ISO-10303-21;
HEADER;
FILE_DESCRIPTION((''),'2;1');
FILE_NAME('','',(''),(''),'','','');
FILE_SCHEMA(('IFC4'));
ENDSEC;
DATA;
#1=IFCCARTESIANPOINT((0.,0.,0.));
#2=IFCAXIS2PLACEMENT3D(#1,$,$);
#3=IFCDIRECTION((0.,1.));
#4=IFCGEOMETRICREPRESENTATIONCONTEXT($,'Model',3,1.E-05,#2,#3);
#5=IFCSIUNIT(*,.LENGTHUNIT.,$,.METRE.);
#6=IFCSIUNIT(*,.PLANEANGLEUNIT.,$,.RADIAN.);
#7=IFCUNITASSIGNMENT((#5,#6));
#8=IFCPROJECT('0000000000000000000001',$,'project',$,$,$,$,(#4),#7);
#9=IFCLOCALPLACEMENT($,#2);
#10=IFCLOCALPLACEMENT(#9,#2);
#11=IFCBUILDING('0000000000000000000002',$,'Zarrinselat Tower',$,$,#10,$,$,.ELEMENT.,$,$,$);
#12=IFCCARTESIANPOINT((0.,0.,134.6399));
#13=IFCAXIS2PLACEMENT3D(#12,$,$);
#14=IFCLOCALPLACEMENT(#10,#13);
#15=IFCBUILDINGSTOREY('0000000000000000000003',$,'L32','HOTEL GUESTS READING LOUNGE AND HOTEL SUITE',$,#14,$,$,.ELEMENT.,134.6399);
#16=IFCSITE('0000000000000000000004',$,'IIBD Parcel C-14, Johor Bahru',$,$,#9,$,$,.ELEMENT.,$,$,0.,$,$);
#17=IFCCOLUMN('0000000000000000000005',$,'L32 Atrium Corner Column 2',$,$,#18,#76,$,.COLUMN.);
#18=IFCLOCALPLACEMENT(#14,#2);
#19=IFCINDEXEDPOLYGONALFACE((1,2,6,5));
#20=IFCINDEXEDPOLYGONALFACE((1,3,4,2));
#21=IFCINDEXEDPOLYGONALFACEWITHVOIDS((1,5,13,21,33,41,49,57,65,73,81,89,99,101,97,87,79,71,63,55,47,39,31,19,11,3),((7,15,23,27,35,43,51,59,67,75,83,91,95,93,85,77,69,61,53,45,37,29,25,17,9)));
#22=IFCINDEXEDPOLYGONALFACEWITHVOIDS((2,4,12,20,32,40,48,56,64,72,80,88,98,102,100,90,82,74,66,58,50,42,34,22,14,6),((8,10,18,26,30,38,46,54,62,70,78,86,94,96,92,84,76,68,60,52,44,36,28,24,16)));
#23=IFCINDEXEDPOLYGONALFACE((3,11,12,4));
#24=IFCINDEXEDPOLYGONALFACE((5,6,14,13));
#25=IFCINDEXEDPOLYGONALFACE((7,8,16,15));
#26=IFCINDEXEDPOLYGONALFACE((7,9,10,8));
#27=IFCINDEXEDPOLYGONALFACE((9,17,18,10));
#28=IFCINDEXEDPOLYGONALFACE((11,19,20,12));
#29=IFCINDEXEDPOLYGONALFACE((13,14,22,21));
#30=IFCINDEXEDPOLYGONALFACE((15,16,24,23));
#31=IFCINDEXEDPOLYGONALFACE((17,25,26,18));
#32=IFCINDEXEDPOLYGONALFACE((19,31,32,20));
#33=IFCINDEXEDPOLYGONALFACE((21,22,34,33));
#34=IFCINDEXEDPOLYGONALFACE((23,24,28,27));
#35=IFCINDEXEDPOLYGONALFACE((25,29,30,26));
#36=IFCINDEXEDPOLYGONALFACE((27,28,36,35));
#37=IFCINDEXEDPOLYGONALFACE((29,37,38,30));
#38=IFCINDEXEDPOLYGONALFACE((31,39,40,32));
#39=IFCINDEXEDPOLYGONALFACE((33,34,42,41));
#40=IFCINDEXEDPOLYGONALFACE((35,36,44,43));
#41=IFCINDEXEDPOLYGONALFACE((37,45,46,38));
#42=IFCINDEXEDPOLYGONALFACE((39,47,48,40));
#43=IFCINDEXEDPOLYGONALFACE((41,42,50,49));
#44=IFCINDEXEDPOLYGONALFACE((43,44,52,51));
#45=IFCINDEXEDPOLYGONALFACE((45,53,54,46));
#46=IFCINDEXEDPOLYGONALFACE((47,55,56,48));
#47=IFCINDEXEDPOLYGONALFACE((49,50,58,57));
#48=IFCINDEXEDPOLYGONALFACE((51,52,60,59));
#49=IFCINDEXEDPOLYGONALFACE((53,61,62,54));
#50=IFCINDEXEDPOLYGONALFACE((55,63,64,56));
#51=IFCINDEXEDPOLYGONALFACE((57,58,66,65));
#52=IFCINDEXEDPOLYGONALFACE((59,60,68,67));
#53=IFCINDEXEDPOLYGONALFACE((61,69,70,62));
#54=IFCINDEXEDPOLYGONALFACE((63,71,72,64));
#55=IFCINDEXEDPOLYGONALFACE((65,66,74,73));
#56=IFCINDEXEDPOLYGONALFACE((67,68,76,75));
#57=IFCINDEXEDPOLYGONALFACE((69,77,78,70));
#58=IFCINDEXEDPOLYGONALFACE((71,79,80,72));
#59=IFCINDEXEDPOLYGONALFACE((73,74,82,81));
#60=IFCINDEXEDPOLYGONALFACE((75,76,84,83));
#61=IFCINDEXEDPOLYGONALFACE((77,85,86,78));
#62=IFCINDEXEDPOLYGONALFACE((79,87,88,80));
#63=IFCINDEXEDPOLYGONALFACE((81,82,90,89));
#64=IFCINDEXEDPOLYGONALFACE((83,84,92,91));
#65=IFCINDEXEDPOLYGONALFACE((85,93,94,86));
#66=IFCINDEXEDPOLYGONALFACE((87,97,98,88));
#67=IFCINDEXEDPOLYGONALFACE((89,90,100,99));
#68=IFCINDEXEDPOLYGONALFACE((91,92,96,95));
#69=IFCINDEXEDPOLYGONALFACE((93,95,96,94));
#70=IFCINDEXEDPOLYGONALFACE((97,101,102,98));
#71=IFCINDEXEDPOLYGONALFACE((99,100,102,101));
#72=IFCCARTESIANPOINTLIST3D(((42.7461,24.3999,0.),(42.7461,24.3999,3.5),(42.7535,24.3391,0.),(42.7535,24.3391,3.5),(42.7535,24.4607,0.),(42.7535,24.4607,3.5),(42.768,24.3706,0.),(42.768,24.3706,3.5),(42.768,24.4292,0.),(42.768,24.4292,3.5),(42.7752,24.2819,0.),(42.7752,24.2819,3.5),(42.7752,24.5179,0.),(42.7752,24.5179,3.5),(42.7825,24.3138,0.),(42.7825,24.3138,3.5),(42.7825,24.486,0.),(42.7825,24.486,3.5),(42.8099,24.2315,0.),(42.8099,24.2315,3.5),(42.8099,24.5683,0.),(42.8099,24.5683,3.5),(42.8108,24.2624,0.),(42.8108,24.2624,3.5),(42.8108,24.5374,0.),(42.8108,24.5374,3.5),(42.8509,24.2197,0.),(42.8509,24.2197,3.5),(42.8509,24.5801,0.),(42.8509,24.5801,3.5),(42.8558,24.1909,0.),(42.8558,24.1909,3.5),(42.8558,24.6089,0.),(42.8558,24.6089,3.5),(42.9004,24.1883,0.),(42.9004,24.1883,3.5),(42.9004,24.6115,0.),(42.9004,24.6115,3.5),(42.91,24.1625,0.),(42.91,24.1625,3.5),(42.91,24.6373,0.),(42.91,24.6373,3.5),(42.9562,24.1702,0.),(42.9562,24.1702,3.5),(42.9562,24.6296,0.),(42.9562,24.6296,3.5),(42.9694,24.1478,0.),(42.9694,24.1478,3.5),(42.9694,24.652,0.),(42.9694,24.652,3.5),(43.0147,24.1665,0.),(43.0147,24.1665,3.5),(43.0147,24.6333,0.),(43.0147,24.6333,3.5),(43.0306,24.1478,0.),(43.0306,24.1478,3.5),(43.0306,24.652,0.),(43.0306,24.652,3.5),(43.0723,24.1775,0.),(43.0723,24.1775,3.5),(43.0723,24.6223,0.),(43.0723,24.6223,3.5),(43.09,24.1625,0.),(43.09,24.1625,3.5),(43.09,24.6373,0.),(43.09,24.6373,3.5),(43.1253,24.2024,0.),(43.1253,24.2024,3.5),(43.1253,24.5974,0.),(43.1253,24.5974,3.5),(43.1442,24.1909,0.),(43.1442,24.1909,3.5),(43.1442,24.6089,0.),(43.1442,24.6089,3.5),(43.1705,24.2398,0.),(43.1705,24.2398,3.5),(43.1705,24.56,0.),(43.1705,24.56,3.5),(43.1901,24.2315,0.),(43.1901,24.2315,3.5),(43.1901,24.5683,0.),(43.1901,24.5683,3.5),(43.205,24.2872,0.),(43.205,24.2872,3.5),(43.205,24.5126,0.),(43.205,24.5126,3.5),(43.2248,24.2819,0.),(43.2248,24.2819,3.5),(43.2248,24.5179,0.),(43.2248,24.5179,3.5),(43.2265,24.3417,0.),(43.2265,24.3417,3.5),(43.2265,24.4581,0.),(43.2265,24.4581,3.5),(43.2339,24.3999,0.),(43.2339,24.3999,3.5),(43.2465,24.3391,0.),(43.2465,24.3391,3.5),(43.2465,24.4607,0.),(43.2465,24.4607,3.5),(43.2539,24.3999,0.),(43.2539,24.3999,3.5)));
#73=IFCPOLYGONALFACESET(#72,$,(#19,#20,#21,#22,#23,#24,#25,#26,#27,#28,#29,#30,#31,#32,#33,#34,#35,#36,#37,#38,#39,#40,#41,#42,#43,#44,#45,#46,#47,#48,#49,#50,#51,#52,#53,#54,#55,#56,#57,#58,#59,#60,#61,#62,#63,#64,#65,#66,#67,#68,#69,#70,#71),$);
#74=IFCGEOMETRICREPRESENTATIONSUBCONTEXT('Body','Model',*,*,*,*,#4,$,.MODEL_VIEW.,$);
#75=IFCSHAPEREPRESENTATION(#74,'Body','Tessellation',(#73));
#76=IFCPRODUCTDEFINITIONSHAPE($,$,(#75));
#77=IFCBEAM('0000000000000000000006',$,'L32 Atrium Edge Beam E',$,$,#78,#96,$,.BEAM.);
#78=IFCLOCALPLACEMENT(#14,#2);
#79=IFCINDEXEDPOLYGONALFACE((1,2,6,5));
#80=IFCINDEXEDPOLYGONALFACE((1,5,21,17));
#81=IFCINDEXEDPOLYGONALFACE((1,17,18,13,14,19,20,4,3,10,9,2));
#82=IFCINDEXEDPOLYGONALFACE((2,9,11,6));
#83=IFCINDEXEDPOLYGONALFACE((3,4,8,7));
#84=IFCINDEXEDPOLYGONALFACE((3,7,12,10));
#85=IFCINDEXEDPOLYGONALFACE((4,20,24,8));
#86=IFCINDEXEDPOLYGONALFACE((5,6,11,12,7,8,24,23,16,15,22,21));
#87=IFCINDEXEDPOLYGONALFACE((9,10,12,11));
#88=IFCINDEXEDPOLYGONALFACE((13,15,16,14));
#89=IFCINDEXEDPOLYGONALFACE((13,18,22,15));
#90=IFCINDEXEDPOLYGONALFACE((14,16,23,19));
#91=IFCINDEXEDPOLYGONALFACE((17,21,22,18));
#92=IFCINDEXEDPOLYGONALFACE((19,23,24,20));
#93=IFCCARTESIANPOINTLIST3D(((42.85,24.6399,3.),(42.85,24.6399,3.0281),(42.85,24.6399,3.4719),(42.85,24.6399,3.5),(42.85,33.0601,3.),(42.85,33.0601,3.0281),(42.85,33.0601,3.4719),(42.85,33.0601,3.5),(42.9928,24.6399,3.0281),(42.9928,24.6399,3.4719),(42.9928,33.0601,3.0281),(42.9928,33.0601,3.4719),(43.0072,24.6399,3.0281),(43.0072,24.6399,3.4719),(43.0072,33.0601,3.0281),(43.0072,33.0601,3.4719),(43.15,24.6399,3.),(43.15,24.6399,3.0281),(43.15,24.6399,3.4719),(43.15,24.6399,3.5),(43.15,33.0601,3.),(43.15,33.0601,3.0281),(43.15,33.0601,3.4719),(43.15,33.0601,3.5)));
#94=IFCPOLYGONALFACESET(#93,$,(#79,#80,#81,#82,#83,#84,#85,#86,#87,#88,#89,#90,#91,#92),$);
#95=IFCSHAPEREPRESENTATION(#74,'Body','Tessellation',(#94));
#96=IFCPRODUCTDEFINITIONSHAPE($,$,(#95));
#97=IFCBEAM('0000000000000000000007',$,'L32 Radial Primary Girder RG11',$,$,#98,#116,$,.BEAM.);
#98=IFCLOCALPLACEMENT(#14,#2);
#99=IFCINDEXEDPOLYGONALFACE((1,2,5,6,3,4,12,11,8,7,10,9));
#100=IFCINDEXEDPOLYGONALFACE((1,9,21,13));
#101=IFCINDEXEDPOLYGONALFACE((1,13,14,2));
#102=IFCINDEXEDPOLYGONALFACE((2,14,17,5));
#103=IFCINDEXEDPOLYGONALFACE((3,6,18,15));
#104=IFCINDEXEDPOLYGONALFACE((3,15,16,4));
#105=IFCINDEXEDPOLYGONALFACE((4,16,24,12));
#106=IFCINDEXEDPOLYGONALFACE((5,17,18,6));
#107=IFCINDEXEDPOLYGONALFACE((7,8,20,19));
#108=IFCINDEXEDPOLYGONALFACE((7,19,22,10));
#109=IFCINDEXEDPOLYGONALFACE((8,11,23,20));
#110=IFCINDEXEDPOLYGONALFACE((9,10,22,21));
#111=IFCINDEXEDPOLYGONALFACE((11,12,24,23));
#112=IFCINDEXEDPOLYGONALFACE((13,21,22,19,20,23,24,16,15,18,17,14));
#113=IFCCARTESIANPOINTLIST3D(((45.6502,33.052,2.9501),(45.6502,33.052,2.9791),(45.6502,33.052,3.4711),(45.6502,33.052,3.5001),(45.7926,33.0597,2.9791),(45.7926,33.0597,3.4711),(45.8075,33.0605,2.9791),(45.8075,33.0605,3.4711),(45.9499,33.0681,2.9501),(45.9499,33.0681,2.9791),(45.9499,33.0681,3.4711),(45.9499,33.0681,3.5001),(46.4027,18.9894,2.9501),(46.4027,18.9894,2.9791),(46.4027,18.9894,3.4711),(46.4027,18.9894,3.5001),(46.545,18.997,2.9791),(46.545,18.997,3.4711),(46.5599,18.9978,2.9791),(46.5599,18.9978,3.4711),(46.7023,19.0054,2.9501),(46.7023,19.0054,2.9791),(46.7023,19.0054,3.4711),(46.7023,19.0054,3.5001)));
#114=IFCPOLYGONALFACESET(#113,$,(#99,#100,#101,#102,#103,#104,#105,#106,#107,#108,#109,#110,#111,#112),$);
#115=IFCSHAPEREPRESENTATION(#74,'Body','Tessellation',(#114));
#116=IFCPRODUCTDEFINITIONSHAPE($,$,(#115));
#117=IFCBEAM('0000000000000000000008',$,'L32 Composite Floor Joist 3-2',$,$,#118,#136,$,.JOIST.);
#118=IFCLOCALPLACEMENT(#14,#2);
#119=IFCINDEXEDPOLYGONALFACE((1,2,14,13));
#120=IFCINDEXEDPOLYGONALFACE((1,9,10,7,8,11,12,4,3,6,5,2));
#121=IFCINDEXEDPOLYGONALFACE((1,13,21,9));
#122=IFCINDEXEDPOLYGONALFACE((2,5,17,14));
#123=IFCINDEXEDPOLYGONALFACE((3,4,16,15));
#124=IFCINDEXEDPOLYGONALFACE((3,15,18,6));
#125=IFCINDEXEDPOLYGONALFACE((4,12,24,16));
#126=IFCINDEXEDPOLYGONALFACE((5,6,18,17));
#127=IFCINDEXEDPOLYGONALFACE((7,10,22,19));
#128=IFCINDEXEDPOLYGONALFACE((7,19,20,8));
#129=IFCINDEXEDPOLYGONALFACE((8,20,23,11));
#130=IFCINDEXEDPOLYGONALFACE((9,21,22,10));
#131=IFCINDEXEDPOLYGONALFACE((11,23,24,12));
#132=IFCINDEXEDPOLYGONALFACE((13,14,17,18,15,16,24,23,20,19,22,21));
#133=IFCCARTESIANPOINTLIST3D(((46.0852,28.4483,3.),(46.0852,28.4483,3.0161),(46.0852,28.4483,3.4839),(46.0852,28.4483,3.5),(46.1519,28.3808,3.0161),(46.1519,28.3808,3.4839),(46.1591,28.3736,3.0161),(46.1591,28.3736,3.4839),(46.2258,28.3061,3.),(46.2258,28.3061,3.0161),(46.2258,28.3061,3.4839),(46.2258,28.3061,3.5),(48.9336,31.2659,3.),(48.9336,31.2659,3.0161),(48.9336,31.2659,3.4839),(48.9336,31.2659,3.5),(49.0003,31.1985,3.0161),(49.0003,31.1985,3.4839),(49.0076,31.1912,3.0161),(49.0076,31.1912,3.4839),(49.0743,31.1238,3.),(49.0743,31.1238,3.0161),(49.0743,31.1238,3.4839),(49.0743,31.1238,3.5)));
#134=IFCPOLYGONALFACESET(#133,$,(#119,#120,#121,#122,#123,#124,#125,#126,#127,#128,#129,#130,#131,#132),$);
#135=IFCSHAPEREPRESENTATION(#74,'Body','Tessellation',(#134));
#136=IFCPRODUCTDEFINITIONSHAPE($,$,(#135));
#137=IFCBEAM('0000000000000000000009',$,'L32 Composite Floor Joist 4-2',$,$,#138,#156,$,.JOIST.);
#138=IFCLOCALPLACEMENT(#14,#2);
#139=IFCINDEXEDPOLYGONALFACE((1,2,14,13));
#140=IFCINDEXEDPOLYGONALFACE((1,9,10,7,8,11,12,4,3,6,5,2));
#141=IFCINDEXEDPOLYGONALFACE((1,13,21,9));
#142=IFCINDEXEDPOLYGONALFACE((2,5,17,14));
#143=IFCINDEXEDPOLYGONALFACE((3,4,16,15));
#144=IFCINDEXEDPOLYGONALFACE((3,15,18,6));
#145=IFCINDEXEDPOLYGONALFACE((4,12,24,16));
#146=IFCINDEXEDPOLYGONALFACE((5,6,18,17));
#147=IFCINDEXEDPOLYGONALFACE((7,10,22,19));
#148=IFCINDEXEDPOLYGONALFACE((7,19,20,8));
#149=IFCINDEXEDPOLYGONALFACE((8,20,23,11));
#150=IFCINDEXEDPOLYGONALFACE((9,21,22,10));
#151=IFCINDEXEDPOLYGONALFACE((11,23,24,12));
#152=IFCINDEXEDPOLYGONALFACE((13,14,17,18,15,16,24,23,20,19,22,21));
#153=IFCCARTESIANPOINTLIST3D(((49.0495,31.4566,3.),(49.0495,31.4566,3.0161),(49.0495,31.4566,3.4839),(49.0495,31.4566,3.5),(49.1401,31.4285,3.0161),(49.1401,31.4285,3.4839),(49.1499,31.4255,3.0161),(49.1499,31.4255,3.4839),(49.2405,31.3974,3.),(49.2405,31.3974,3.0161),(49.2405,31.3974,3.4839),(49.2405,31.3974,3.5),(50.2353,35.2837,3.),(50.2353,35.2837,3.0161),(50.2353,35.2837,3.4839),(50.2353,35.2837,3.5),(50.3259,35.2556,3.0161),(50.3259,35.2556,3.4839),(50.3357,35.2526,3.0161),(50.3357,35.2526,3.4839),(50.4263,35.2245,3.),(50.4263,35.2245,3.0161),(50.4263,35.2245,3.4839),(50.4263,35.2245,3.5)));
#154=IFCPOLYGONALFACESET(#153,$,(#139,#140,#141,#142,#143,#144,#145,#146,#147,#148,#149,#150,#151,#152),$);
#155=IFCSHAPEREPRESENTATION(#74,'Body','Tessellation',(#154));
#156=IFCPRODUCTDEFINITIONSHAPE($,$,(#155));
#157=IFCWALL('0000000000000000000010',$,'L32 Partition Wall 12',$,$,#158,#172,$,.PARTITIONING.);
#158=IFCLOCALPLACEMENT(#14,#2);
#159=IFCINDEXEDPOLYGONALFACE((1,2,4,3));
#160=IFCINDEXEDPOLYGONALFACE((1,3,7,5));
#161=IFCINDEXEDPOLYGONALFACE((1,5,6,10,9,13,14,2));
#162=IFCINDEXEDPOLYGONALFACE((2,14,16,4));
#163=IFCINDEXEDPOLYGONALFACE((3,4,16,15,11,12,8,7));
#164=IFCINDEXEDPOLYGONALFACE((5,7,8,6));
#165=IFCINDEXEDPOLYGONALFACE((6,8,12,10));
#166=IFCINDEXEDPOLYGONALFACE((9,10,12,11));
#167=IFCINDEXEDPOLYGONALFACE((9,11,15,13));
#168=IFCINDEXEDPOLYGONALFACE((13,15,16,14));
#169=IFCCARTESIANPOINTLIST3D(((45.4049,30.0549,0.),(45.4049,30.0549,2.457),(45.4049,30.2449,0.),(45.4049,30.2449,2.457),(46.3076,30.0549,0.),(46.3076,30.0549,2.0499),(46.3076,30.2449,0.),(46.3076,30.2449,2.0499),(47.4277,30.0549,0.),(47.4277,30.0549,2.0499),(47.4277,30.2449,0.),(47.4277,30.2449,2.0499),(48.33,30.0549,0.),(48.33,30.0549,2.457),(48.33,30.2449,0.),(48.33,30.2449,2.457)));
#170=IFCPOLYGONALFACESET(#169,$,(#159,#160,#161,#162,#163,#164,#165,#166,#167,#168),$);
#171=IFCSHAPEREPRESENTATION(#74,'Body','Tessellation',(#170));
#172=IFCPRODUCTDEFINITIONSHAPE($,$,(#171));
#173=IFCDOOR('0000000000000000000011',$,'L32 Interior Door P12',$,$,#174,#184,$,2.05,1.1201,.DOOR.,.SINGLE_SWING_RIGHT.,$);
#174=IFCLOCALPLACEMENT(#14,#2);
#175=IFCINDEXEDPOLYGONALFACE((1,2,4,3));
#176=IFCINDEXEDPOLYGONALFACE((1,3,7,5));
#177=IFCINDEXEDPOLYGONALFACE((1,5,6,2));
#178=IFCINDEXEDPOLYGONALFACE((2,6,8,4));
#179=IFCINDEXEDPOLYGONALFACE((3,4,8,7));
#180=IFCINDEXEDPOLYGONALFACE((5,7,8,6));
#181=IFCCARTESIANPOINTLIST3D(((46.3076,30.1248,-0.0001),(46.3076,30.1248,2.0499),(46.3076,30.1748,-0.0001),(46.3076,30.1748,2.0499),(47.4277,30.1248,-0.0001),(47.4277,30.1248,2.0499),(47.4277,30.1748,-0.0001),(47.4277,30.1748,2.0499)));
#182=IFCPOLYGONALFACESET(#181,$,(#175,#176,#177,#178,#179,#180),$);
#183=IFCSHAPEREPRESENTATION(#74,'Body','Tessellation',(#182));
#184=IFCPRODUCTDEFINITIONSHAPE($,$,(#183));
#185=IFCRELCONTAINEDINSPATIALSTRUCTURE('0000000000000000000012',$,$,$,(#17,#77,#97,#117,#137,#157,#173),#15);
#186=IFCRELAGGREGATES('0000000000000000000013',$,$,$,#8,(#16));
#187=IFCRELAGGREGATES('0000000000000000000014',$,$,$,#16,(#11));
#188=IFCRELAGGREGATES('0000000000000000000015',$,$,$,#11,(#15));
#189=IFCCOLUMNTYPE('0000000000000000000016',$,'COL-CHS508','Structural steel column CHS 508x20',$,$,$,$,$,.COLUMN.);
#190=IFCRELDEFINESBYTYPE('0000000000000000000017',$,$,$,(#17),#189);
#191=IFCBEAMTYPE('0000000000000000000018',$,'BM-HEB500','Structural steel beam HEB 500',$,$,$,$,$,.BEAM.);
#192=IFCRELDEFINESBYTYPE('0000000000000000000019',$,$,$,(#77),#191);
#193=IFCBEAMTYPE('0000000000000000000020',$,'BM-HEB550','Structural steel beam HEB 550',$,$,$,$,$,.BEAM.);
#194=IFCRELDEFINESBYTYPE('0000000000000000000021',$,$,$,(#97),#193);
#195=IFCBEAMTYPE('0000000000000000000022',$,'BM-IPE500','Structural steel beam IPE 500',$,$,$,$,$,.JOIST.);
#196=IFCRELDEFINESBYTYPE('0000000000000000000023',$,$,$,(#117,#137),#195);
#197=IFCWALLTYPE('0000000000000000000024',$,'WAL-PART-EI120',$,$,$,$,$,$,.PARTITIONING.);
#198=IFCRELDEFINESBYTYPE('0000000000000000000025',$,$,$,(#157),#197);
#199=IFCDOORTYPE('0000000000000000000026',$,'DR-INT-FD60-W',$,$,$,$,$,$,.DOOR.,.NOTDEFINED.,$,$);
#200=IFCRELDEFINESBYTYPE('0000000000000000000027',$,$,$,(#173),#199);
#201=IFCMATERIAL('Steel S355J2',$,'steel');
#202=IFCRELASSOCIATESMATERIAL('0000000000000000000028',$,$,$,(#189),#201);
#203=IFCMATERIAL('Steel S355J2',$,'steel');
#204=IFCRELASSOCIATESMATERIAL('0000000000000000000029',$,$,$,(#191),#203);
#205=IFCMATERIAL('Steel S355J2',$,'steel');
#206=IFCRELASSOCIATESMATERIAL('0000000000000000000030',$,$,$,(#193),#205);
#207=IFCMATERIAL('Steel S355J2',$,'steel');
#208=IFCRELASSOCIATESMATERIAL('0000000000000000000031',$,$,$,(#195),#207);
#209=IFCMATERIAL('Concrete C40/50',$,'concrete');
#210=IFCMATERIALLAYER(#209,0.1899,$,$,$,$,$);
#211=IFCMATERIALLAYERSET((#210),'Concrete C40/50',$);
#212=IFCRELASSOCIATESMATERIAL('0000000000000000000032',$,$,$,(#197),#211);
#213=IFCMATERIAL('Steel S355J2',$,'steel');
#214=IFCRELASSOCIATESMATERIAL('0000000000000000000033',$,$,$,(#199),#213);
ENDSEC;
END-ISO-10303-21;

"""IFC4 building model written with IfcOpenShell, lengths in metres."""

from ifc_helpers import new_model, si_unit, direction, frame, frame_2d, origin, origin_2d, place, context, subcontext, project, spatial, rectangle, hollow_circle, i_section, extrude, material, layer, layer_set, material_profile, profile_set, type_object, element, fill, save


model = new_model("IFC4")

# Units and contexts
model_context = context("Model", 3, precision=1e-05, world=origin(), true_north=direction((0.0, 1.0)))
body_context = subcontext(model_context, "Body", "Model", "MODEL_VIEW")
ifc_project = project(units=[si_unit("LENGTHUNIT", "METRE"), si_unit("PLANEANGLEUNIT", "RADIAN")], contexts=[model_context])

# Site, building, storey
site_placement = place(None, origin())
site = spatial("IfcSite", under=ifc_project, at=site_placement, Name="IIBD Parcel C-14, Johor Bahru", CompositionType="ELEMENT", RefElevation=0.0)
building_placement = place(site_placement, origin())
building = spatial("IfcBuilding", under=site, at=building_placement, Name="Zarrinselat Tower", CompositionType="ELEMENT")
storey_placement = place(building_placement, frame((0.0, 0.0, 134.6399)))
storey = spatial("IfcBuildingStorey", under=building, at=storey_placement, Name="L32", Description="HOTEL GUESTS READING LOUNGE AND HOTEL SUITE", CompositionType="ELEMENT", Elevation=134.6399)

# Column
ifc_material_1 = material(Name="Steel S355J2", Category="steel")
ifc_material_profile_1 = material_profile(ifc_material_1, hollow_circle(Radius=0.2539, WallThickness=0.02, at=origin_2d()), Name="CHS 508x20")
ifc_profile_set_1 = profile_set([ifc_material_profile_1], Name="Steel S355J2")
column_type = type_object("IfcColumnType", Name="COL-CHS508", Description="Structural steel column CHS 508x20", PredefinedType="COLUMN", material=ifc_profile_set_1)
column_placement = place(storey_placement, frame((43.0, 24.3999, 0.0), z_axis=(0.0, 0.0, 1.0), x_axis=(1.0, 0.0, 0.0)))
element("IfcColumn", 1, at=column_placement, inside=storey, type_object=column_type, Name="L32 Atrium Corner Column 2", PredefinedType="COLUMN", context=body_context, shape_type="SweptSolid", body=[
    extrude(hollow_circle(Radius=0.2539, WallThickness=0.02, at=origin_2d()), origin(), (0.0, 0.0, 1.0), 3.5),
])

# Beams
ifc_material_2 = material(Name="Steel S355J2", Category="steel")
ifc_material_profile_2 = material_profile(ifc_material_2, i_section(OverallWidth=0.3, OverallDepth=0.5, WebThickness=0.0144, FlangeThickness=0.0281, at=origin_2d()), Name="HEB 500")
ifc_profile_set_2 = profile_set([ifc_material_profile_2], Name="Steel S355J2")
beam_type_1 = type_object("IfcBeamType", Name="BM-HEB500", Description="Structural steel beam HEB 500", PredefinedType="BEAM", material=ifc_profile_set_2)
beam_1_placement = place(storey_placement, frame((43.0, 24.6399, 3.25), z_axis=(0.0, 1.0, 0.0), x_axis=(-1.0, 0.0, 0.0)))
element("IfcBeam", 2, at=beam_1_placement, inside=storey, type_object=beam_type_1, Name="L32 Atrium Edge Beam E", PredefinedType="BEAM", context=body_context, shape_type="SweptSolid", body=[
    extrude(i_section(OverallWidth=0.3, OverallDepth=0.5, WebThickness=0.0144, FlangeThickness=0.0281, at=origin_2d()), origin(), (0.0, 0.0, 1.0), 8.4202),
])
ifc_material_3 = material(Name="Steel S355J2", Category="steel")
ifc_material_profile_3 = material_profile(ifc_material_3, i_section(OverallWidth=0.3, OverallDepth=0.55, WebThickness=0.0149, FlangeThickness=0.0291, at=origin_2d()), Name="HEB 550")
ifc_profile_set_3 = profile_set([ifc_material_profile_3], Name="Steel S355J2")
beam_type_2 = type_object("IfcBeamType", Name="BM-HEB550", Description="Structural steel beam HEB 550", PredefinedType="BEAM", material=ifc_profile_set_3)
beam_2_placement = place(storey_placement, frame((45.8, 33.0601, 3.2251), z_axis=(0.05343, -0.998572, 0.0), x_axis=(0.998572, 0.05343, 0.0)))
element("IfcBeam", 3, at=beam_2_placement, inside=storey, type_object=beam_type_2, Name="L32 Radial Primary Girder RG11", PredefinedType="BEAM", context=body_context, shape_type="SweptSolid", body=[
    extrude(i_section(OverallWidth=0.3, OverallDepth=0.55, WebThickness=0.0149, FlangeThickness=0.0291, at=origin_2d()), origin(), (0.0, 0.0, 1.0), 14.0828),
])
ifc_material_4 = material(Name="Steel S355J2", Category="steel")
ifc_material_profile_4 = material_profile(ifc_material_4, i_section(OverallWidth=0.2, OverallDepth=0.5, WebThickness=0.0103, FlangeThickness=0.0161, at=origin_2d()), Name="IPE 500")
ifc_profile_set_4 = profile_set([ifc_material_profile_4], Name="Steel S355J2")
beam_type_3 = type_object("IfcBeamType", Name="BM-IPE500", Description="Structural steel beam IPE 500", PredefinedType="JOIST", material=ifc_profile_set_4)
for number, where, z_axis, x_axis, name in (
    (4, (46.1555, 28.3772, 3.25), (0.710935, 0.703257, 0.0), (-0.703257, 0.710935, 0.0), "L32 Composite Floor Joist 3-2"),
    (5, (49.145, 31.427, 3.25), (0.295956, 0.955201, 0.0), (-0.955201, 0.295956, 0.0), "L32 Composite Floor Joist 4-2"),
):
    element("IfcBeam", number, at=place(storey_placement, frame(where, z_axis=z_axis, x_axis=x_axis)), inside=storey, type_object=beam_type_3, Name=name, PredefinedType="JOIST", context=body_context, shape_type="SweptSolid", body=[
        extrude(i_section(OverallWidth=0.2, OverallDepth=0.5, WebThickness=0.0103, FlangeThickness=0.0161, at=origin_2d()), origin(), (0.0, 0.0, 1.0), 4.0066),
    ])

# Wall, opening, door
ifc_material_5 = material(Name="Concrete C40/50", Category="concrete")
ifc_layer_1 = layer(ifc_material_5, 0.1899)
ifc_layer_set_1 = layer_set([ifc_layer_1], Name="Concrete C40/50")
wall_type_1 = type_object("IfcWallType", Name="WAL-PART-EI120", PredefinedType="PARTITIONING", material=ifc_layer_set_1)
wall_1_placement = place(storey_placement, frame((45.405, 30.1499, 0.0), z_axis=(0.0, 0.0, 1.0), x_axis=(1.0, 0.0, 0.0)))
wall_1 = element("IfcWall", 6, at=wall_1_placement, inside=storey, type_object=wall_type_1, Name="L32 Partition Wall 12", PredefinedType="PARTITIONING", context=body_context, shape_type="SweptSolid", body=[
    extrude(rectangle(XDim=2.925, YDim=0.1899, at=frame_2d((1.4624, 0.0))), origin(), (0.0, 0.0, 1.0), 2.457),
])
opening_1_placement = place(wall_1_placement, frame((0.9026, 0.0, 0.0)))
opening_1 = element("IfcOpeningElement", 7, at=opening_1_placement, cuts=wall_1, PredefinedType="OPENING", context=body_context, shape_type="SweptSolid", body=[
    extrude(rectangle(XDim=1.1201, YDim=2.05, at=frame_2d((0.5601, 1.0249))), frame((0.0, 0.105, 0.0), z_axis=(0.0, -1.0, 0.0), x_axis=(1.0, 0.0, 0.0)), (0.0, 0.0, 1.0), 0.21),
])
ifc_material_6 = material(Name="Steel S355J2", Category="steel")
door_type_1 = type_object("IfcDoorType", Name="DR-INT-FD60-W", OperationType="NOTDEFINED", PredefinedType="DOOR", material=ifc_material_6)
door_1_placement = place(opening_1_placement, origin())
door_1 = element("IfcDoor", 8, at=door_1_placement, inside=storey, type_object=door_type_1, Name="L32 Interior Door P12", OperationType="SINGLE_SWING_RIGHT", OverallHeight=2.05, OverallWidth=1.1201, PredefinedType="DOOR", context=body_context, shape_type="SweptSolid", body=[
    extrude(rectangle(XDim=1.1201, YDim=2.05, at=frame_2d((0.5601, 1.0249))), frame((0.0, 0.0249, 0.0), z_axis=(0.0, -1.0, 0.0), x_axis=(1.0, 0.0, 0.0)), (0.0, 0.0, 1.0), 0.05),
])
fill(opening_1, door_1)

save(model, "model.ifc")
